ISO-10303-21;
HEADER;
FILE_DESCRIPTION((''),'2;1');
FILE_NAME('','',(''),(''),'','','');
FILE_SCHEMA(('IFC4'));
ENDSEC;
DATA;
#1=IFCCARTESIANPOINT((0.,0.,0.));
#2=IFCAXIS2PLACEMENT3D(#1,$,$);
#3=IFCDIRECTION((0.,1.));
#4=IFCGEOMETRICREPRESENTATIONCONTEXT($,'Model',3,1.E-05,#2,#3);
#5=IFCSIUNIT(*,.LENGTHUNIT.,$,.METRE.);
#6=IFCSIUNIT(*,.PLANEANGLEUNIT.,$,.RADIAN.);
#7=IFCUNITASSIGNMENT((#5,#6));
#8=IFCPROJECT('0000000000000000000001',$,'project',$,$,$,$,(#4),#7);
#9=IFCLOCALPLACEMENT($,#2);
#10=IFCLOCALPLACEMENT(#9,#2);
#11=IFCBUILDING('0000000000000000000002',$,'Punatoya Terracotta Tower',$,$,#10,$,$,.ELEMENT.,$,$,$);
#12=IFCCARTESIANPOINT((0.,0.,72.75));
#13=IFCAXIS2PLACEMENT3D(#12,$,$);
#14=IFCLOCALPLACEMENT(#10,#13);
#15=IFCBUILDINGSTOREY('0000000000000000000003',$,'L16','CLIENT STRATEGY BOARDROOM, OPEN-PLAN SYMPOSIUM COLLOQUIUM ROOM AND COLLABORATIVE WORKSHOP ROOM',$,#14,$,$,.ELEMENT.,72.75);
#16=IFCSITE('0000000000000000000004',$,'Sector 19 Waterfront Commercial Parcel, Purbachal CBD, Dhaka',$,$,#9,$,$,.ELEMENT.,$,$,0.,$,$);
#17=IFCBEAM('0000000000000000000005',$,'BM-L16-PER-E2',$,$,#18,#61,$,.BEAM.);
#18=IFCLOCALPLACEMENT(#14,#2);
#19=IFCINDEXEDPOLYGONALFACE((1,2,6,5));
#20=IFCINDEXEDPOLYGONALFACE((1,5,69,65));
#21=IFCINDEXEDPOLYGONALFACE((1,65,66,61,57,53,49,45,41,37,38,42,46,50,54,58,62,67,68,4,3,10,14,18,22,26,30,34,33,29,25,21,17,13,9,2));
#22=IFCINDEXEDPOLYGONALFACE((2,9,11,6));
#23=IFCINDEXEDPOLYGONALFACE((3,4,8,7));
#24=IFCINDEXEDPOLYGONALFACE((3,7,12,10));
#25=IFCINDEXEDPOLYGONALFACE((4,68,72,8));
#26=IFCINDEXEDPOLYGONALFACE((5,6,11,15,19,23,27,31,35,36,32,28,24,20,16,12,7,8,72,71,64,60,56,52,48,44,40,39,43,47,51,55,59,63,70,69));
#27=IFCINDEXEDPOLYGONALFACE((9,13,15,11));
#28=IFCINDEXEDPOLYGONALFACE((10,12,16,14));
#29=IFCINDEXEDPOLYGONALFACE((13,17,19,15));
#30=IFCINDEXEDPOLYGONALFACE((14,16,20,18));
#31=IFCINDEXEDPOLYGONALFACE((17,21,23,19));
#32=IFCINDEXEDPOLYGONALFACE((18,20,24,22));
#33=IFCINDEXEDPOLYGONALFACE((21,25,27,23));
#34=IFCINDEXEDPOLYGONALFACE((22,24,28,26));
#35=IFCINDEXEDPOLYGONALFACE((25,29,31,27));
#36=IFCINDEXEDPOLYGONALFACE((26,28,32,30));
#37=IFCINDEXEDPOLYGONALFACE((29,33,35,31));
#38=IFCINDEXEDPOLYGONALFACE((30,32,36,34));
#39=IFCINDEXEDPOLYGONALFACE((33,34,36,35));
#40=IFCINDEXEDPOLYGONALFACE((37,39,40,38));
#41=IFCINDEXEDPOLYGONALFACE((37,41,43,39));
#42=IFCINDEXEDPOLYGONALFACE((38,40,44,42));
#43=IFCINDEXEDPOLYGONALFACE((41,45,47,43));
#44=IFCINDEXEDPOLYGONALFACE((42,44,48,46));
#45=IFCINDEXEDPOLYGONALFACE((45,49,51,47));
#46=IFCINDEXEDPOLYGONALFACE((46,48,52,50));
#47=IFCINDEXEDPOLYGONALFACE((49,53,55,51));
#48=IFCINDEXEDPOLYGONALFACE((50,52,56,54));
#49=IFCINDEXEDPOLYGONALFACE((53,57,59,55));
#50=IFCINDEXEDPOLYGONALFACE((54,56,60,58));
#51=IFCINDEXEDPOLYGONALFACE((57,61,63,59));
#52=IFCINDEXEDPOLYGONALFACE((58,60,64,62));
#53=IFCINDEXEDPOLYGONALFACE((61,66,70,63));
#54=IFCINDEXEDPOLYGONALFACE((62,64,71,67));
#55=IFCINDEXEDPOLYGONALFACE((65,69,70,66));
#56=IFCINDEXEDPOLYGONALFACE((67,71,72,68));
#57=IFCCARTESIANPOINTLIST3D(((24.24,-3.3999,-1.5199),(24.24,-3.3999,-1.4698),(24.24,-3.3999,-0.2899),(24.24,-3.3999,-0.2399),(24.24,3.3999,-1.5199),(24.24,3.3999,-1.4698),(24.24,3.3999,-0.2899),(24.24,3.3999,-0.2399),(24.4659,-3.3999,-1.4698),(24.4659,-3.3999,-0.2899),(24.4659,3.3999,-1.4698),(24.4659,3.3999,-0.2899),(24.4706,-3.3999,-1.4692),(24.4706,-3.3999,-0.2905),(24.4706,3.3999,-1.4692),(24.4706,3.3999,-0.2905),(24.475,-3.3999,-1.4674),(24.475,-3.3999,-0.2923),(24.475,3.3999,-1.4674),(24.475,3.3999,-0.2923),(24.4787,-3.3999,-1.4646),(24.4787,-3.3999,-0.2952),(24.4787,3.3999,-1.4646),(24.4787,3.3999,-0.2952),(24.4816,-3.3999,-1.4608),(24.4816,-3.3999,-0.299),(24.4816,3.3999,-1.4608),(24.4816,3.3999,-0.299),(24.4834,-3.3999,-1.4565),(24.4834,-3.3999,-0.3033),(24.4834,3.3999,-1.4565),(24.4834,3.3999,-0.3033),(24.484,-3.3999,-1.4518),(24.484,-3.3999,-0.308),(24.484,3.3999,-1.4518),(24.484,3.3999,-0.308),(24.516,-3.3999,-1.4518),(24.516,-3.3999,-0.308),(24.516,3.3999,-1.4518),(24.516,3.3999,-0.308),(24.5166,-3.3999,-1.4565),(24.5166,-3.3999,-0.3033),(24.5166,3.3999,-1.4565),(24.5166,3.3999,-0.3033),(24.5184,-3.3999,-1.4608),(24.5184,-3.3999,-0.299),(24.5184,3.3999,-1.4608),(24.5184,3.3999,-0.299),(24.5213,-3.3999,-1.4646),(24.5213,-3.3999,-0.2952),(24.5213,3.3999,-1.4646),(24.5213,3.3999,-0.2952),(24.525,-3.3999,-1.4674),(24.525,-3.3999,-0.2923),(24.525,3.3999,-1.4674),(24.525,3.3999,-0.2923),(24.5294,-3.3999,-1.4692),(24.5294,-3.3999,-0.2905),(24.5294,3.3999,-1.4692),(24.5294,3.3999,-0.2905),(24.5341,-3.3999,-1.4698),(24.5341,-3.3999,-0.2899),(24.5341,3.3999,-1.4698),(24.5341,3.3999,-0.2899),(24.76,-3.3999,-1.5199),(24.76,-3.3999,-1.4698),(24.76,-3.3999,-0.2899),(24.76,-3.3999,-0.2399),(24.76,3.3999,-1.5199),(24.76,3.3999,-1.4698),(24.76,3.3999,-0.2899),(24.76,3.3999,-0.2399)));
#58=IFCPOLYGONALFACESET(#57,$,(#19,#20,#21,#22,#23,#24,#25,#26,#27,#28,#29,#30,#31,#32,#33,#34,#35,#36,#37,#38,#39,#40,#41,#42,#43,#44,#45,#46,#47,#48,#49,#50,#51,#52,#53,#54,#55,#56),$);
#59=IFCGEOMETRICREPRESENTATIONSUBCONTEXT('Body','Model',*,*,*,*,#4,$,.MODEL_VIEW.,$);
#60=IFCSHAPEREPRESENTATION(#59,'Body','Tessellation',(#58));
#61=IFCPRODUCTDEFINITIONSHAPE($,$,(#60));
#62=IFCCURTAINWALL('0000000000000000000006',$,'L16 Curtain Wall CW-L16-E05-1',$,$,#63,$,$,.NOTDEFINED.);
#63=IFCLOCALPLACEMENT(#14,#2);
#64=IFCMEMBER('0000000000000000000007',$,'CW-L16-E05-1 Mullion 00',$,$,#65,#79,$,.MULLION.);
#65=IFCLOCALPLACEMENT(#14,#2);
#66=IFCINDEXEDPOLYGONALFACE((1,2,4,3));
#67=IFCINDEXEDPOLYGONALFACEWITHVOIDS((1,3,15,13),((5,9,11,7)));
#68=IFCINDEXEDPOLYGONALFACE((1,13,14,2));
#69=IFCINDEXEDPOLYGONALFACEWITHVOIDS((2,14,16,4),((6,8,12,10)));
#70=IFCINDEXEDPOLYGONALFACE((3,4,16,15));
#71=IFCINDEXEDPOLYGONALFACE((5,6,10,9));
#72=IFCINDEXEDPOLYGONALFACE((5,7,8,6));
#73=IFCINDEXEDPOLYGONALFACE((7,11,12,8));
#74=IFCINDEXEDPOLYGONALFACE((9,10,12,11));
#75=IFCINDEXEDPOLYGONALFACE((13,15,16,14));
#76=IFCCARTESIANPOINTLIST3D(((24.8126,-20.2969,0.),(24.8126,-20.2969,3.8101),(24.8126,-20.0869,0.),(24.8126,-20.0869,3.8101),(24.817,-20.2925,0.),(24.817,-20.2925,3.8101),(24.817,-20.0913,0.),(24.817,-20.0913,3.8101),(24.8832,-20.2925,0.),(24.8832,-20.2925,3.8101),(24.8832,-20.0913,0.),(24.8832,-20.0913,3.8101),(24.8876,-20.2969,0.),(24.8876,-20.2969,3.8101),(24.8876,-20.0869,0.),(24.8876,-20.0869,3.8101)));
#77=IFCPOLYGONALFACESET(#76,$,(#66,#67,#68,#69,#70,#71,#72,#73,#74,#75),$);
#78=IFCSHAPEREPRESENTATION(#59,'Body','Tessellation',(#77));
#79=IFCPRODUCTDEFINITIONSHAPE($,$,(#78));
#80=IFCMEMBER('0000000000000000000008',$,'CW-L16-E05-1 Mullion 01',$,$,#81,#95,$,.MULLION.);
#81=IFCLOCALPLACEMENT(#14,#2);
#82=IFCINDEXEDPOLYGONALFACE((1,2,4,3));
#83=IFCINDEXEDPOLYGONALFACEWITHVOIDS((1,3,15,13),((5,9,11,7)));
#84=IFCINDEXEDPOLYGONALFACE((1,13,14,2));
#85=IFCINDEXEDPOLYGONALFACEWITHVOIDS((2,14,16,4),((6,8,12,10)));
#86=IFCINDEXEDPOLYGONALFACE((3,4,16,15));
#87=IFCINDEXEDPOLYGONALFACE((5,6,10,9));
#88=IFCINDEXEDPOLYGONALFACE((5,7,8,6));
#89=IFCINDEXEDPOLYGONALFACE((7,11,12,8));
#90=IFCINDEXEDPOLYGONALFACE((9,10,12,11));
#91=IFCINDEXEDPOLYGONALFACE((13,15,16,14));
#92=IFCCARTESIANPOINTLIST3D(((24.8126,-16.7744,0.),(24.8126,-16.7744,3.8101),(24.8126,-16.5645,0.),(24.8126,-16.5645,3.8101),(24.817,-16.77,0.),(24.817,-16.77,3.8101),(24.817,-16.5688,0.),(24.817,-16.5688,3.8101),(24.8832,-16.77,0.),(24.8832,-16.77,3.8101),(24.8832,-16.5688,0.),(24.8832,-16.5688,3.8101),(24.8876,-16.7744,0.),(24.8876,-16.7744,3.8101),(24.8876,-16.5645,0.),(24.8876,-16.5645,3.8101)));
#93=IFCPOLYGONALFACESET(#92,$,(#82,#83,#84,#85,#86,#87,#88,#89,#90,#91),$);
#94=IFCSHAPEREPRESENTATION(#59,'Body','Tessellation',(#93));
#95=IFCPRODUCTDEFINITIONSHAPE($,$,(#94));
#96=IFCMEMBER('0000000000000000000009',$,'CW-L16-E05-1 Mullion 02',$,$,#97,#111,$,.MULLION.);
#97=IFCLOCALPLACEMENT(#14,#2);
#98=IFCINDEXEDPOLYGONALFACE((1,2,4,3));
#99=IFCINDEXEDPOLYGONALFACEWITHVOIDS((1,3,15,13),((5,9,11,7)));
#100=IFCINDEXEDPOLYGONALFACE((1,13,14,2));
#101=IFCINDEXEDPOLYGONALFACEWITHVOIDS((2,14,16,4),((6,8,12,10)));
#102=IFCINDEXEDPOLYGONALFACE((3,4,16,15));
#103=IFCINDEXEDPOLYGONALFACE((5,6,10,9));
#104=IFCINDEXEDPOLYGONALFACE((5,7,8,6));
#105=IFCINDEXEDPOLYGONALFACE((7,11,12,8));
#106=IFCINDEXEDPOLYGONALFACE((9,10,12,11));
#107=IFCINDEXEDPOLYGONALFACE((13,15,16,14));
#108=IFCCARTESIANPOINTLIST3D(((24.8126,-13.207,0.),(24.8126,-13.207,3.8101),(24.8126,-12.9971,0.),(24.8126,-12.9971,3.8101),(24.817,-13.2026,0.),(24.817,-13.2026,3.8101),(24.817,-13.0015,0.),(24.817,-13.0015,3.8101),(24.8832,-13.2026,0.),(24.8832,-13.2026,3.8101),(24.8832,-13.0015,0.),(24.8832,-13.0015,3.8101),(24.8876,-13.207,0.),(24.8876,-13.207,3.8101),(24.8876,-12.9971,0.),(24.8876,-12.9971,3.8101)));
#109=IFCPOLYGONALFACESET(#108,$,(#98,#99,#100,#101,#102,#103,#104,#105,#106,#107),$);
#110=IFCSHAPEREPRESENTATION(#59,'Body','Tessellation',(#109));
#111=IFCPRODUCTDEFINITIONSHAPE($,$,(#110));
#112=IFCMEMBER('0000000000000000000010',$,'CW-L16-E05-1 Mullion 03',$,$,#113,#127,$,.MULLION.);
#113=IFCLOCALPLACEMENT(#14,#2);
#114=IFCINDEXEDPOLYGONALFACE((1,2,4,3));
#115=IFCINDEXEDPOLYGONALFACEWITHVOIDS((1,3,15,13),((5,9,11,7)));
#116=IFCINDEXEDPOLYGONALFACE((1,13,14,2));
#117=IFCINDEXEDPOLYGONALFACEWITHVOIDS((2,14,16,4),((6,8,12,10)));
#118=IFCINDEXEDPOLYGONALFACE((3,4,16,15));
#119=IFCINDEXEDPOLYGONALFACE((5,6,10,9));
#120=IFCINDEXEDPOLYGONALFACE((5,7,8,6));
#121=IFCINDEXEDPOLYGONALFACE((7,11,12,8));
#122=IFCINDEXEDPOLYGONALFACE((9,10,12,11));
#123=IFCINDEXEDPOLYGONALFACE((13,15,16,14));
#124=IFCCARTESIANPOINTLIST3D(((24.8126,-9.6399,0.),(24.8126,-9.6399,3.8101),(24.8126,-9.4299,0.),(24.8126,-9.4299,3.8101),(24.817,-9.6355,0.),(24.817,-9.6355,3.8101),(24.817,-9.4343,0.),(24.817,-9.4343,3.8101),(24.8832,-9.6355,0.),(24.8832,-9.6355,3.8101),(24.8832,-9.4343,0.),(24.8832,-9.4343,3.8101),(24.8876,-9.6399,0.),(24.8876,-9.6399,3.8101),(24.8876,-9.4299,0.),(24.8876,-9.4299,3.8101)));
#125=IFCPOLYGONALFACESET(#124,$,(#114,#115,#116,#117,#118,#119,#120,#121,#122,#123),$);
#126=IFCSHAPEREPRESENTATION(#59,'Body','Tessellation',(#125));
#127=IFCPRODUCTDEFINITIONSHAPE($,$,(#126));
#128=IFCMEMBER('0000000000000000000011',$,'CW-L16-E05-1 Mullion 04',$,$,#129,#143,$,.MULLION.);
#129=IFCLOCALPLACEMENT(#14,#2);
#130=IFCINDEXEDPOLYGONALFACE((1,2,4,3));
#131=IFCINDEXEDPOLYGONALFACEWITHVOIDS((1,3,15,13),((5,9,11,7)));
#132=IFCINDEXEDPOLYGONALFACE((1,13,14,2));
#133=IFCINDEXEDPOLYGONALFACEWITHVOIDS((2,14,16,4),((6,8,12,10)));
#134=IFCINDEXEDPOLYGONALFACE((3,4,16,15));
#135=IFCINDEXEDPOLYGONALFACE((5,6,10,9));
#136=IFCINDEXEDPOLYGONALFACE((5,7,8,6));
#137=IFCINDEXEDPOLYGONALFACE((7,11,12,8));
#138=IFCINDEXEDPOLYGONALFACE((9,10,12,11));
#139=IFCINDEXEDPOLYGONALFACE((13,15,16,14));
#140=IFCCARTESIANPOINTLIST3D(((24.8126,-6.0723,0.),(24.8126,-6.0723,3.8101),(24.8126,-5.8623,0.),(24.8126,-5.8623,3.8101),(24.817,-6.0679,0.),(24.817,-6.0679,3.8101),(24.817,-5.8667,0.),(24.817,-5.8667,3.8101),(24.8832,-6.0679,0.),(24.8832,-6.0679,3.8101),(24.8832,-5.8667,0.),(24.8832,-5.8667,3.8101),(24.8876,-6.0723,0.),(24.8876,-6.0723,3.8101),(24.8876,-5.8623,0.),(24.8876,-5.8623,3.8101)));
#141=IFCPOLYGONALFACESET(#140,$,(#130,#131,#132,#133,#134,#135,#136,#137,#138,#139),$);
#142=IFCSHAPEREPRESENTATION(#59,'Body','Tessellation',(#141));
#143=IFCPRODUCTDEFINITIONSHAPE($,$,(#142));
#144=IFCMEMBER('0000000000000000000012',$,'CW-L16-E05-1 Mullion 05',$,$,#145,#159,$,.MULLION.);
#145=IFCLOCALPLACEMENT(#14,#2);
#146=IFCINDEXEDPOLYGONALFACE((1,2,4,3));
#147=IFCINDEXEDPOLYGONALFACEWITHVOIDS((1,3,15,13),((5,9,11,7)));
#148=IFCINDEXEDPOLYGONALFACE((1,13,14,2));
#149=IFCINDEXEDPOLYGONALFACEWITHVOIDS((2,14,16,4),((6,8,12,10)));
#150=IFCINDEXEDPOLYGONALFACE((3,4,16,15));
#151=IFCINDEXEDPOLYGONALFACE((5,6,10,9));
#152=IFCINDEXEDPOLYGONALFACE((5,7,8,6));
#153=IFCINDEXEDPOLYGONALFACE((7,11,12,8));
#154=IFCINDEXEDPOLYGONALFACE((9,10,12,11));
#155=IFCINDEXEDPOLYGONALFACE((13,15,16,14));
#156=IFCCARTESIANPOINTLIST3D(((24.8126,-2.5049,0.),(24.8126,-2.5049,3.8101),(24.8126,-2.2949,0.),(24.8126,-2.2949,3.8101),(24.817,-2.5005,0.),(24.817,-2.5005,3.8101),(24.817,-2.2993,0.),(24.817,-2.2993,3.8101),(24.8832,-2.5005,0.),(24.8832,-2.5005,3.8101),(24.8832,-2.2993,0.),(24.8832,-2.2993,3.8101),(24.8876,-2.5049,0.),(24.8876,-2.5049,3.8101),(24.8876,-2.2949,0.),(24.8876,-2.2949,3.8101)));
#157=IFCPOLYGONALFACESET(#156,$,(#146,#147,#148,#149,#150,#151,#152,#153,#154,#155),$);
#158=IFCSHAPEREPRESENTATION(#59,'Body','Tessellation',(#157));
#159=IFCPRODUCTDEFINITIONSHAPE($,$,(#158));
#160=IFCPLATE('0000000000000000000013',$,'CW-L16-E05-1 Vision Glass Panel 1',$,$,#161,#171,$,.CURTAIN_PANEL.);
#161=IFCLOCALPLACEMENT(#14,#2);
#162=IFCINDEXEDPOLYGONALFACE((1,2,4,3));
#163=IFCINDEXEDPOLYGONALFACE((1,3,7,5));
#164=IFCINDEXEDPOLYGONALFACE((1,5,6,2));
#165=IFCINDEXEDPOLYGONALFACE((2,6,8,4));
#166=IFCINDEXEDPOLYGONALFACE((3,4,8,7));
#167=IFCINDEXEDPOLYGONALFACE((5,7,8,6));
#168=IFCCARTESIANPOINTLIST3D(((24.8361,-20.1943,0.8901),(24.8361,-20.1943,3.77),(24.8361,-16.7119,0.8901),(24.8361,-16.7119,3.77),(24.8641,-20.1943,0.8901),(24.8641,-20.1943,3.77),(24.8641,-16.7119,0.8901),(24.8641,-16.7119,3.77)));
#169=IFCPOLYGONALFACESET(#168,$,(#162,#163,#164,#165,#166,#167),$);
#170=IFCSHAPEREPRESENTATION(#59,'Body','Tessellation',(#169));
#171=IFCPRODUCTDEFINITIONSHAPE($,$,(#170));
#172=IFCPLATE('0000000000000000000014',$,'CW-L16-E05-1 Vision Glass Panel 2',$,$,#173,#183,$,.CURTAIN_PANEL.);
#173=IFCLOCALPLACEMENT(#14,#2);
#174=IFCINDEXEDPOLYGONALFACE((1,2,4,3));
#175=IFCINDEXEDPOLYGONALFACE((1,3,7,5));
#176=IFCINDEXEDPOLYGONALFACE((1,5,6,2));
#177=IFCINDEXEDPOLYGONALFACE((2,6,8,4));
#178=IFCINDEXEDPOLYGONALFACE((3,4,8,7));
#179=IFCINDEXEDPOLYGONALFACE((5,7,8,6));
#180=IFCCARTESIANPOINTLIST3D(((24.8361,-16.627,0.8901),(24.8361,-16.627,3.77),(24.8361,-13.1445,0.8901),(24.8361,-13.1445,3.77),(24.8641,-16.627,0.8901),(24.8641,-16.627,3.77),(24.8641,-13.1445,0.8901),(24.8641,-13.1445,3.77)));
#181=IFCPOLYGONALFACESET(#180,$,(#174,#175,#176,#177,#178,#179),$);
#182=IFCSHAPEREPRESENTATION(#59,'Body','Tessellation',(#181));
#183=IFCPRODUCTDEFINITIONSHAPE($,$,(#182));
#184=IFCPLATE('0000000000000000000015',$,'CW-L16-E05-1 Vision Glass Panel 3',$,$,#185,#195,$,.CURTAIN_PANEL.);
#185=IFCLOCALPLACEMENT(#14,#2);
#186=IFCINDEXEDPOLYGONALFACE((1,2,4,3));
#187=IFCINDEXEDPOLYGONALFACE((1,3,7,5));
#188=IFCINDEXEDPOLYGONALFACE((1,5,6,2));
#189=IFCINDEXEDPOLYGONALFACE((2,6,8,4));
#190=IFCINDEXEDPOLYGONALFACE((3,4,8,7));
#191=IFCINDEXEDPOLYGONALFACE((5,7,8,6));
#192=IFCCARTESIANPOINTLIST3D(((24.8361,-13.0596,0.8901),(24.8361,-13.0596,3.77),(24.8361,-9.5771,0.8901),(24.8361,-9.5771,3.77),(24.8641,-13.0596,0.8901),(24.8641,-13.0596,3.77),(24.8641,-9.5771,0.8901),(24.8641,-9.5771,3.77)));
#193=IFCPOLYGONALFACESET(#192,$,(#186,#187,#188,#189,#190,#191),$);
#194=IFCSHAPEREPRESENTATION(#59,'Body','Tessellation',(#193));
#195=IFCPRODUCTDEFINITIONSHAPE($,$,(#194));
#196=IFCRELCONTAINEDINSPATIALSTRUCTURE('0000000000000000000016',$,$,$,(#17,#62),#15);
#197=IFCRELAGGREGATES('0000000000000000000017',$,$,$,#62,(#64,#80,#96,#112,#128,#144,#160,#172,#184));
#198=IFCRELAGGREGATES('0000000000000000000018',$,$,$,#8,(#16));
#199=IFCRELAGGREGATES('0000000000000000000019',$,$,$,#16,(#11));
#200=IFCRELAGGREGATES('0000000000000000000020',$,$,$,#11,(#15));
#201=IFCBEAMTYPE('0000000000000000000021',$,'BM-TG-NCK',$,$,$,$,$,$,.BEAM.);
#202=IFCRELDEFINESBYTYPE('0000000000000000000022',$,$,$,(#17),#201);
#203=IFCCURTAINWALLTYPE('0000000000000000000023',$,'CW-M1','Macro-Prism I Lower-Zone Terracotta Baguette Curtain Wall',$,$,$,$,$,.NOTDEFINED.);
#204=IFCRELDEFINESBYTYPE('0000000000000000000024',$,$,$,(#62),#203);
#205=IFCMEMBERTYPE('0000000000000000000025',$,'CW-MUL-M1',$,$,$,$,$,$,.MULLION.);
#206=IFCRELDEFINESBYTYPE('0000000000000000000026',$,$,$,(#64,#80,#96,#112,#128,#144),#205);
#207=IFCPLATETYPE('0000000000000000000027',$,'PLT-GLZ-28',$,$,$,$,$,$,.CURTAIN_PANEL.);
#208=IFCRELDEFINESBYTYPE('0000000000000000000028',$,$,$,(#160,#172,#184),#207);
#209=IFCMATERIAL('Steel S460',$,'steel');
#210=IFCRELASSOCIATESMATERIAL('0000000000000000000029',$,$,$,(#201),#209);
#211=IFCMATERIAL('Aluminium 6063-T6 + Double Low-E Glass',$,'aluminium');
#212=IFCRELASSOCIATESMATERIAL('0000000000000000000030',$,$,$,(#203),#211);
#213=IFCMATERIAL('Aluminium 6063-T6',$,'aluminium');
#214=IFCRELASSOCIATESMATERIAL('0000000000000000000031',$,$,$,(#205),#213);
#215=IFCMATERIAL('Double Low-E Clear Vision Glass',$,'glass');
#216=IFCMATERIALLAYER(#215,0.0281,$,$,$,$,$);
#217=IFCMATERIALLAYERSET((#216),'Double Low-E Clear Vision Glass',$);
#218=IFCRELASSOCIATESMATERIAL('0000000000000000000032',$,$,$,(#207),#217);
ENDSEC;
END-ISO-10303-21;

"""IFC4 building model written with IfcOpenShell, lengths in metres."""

from ifc_helpers import new_model, si_unit, direction, frame, origin, origin_2d, place, context, subcontext, project, spatial, rectangle, hollow_rectangle, i_section, extrude, material, layer, layer_set, material_profile, profile_set, type_object, element, aggregate, save


model = new_model("IFC4")

# Units and contexts
model_context = context("Model", 3, precision=1e-05, world=origin(), true_north=direction((0.0, 1.0)))
body_context = subcontext(model_context, "Body", "Model", "MODEL_VIEW")
ifc_project = project(units=[si_unit("LENGTHUNIT", "METRE"), si_unit("PLANEANGLEUNIT", "RADIAN")], contexts=[model_context])

# Site, building, storey
site_placement = place(None, origin())
site = spatial("IfcSite", under=ifc_project, at=site_placement, Name="Sector 19 Waterfront Commercial Parcel, Purbachal CBD, Dhaka", CompositionType="ELEMENT", RefElevation=0.0)
building_placement = place(site_placement, origin())
building = spatial("IfcBuilding", under=site, at=building_placement, Name="Punatoya Terracotta Tower", CompositionType="ELEMENT")
storey_placement = place(building_placement, frame((0.0, 0.0, 72.75)))
storey = spatial("IfcBuildingStorey", under=building, at=storey_placement, Name="L16", Description="CLIENT STRATEGY BOARDROOM, OPEN-PLAN SYMPOSIUM COLLOQUIUM ROOM AND COLLABORATIVE WORKSHOP ROOM", CompositionType="ELEMENT", Elevation=72.75)

# Shared definitions
ifc_material_1 = material(Name="Steel S460", Category="steel")

# Beam
ifc_material_profile_1 = material_profile(ifc_material_1, i_section(OverallWidth=0.52, OverallDepth=1.28, WebThickness=0.032, FlangeThickness=0.05, FilletRadius=0.0181, at=origin_2d()))
ifc_profile_set_1 = profile_set([ifc_material_profile_1], Name="Steel S460")
beam_type_1 = type_object("IfcBeamType", Name="BM-TG-NCK", PredefinedType="BEAM", material=ifc_profile_set_1)
beam_1_placement = place(storey_placement, frame((24.5, -3.3999, -0.8799), z_axis=(0.0, 1.0, 0.0), x_axis=(-1.0, 0.0, 0.0)))
element("IfcBeam", 1, at=beam_1_placement, inside=storey, type_object=beam_type_1, Name="BM-L16-PER-E2", PredefinedType="BEAM", context=body_context, shape_type="SweptSolid", body=[
    extrude(i_section(OverallWidth=0.52, OverallDepth=1.28, WebThickness=0.032, FlangeThickness=0.05, FilletRadius=0.0181, at=origin_2d()), origin(), (0.0, 0.0, 1.0), 6.7998),
])

# Curtain wall, members, plates
ifc_material_2 = material(Name="Aluminium 6063-T6 + Double Low-E Glass", Category="aluminium")
curtain_wall_type = type_object("IfcCurtainWallType", Name="CW-M1", Description="Macro-Prism I Lower-Zone Terracotta Baguette Curtain Wall", PredefinedType="NOTDEFINED", material=ifc_material_2)
curtain_wall_placement = place(storey_placement, origin())
curtain_wall = element("IfcCurtainWall", 2, at=curtain_wall_placement, inside=storey, type_object=curtain_wall_type, Name="L16 Curtain Wall CW-L16-E05-1", PredefinedType="NOTDEFINED")
ifc_material_3 = material(Name="Aluminium 6063-T6", Category="aluminium")
ifc_material_profile_2 = material_profile(ifc_material_3, hollow_rectangle(XDim=0.075, YDim=0.21, WallThickness=0.0044, at=origin_2d()))
ifc_profile_set_2 = profile_set([ifc_material_profile_2], Name="Aluminium 6063-T6")
member_type = type_object("IfcMemberType", Name="CW-MUL-M1", PredefinedType="MULLION", material=ifc_profile_set_2)
member_1_placement = place(storey_placement, frame((24.8501, -20.1919, 0.0), z_axis=(0.0, 0.0, 1.0), x_axis=(1.0, 0.0, 0.0)))
member_1 = element("IfcMember", 3, at=member_1_placement, type_object=member_type, Name="CW-L16-E05-1 Mullion 00", PredefinedType="MULLION", context=body_context, shape_type="SweptSolid", body=[
    extrude(hollow_rectangle(XDim=0.075, YDim=0.21, WallThickness=0.0044, at=origin_2d()), origin(), (0.0, 0.0, 1.0), 3.8101),
])
member_2_placement = place(storey_placement, frame((24.8501, -16.6694, 0.0), z_axis=(0.0, 0.0, 1.0), x_axis=(1.0, 0.0, 0.0)))
member_2 = element("IfcMember", 4, at=member_2_placement, type_object=member_type, Name="CW-L16-E05-1 Mullion 01", PredefinedType="MULLION", context=body_context, shape_type="SweptSolid", body=[
    extrude(hollow_rectangle(XDim=0.075, YDim=0.21, WallThickness=0.0044, at=origin_2d()), origin(), (0.0, 0.0, 1.0), 3.8101),
])
member_3_placement = place(storey_placement, frame((24.8501, -13.1021, 0.0), z_axis=(0.0, 0.0, 1.0), x_axis=(1.0, 0.0, 0.0)))
member_3 = element("IfcMember", 5, at=member_3_placement, type_object=member_type, Name="CW-L16-E05-1 Mullion 02", PredefinedType="MULLION", context=body_context, shape_type="SweptSolid", body=[
    extrude(hollow_rectangle(XDim=0.075, YDim=0.21, WallThickness=0.0044, at=origin_2d()), origin(), (0.0, 0.0, 1.0), 3.8101),
])
member_4_placement = place(storey_placement, frame((24.8501, -9.5349, 0.0), z_axis=(0.0, 0.0, 1.0), x_axis=(1.0, 0.0, 0.0)))
member_4 = element("IfcMember", 6, at=member_4_placement, type_object=member_type, Name="CW-L16-E05-1 Mullion 03", PredefinedType="MULLION", context=body_context, shape_type="SweptSolid", body=[
    extrude(hollow_rectangle(XDim=0.075, YDim=0.21, WallThickness=0.0044, at=origin_2d()), origin(), (0.0, 0.0, 1.0), 3.8101),
])
member_5_placement = place(storey_placement, frame((24.8501, -5.9673, 0.0), z_axis=(0.0, 0.0, 1.0), x_axis=(1.0, 0.0, 0.0)))
member_5 = element("IfcMember", 7, at=member_5_placement, type_object=member_type, Name="CW-L16-E05-1 Mullion 04", PredefinedType="MULLION", context=body_context, shape_type="SweptSolid", body=[
    extrude(hollow_rectangle(XDim=0.075, YDim=0.21, WallThickness=0.0044, at=origin_2d()), origin(), (0.0, 0.0, 1.0), 3.8101),
])
member_6_placement = place(storey_placement, frame((24.8501, -2.3999, 0.0), z_axis=(0.0, 0.0, 1.0), x_axis=(1.0, 0.0, 0.0)))
member_6 = element("IfcMember", 8, at=member_6_placement, type_object=member_type, Name="CW-L16-E05-1 Mullion 05", PredefinedType="MULLION", context=body_context, shape_type="SweptSolid", body=[
    extrude(hollow_rectangle(XDim=0.075, YDim=0.21, WallThickness=0.0044, at=origin_2d()), origin(), (0.0, 0.0, 1.0), 3.8101),
])
ifc_material_4 = material(Name="Double Low-E Clear Vision Glass", Category="glass")
ifc_layer_1 = layer(ifc_material_4, 0.0281)
ifc_layer_set_1 = layer_set([ifc_layer_1], Name="Double Low-E Clear Vision Glass")
plate_type_1 = type_object("IfcPlateType", Name="PLT-GLZ-28", PredefinedType="CURTAIN_PANEL", material=ifc_layer_set_1)
plate_1_placement = place(storey_placement, frame((24.8501, -18.4531, 0.8901), z_axis=(0.0, 0.0, 1.0), x_axis=(0.0, 1.0, 0.0)))
plate_1 = element("IfcPlate", 9, at=plate_1_placement, type_object=plate_type_1, Name="CW-L16-E05-1 Vision Glass Panel 1", PredefinedType="CURTAIN_PANEL", context=body_context, shape_type="SweptSolid", body=[
    extrude(rectangle(XDim=3.4824, YDim=0.0281, at=origin_2d()), origin(), (0.0, 0.0, 1.0), 2.8799),
])
plate_2_placement = place(storey_placement, frame((24.8501, -14.8857, 0.8901), z_axis=(0.0, 0.0, 1.0), x_axis=(0.0, 1.0, 0.0)))
plate_2 = element("IfcPlate", 10, at=plate_2_placement, type_object=plate_type_1, Name="CW-L16-E05-1 Vision Glass Panel 2", PredefinedType="CURTAIN_PANEL", context=body_context, shape_type="SweptSolid", body=[
    extrude(rectangle(XDim=3.4824, YDim=0.0281, at=origin_2d()), origin(), (0.0, 0.0, 1.0), 2.8799),
])
plate_3_placement = place(storey_placement, frame((24.8501, -11.3184, 0.8901), z_axis=(0.0, 0.0, 1.0), x_axis=(0.0, 1.0, 0.0)))
plate_3 = element("IfcPlate", 11, at=plate_3_placement, type_object=plate_type_1, Name="CW-L16-E05-1 Vision Glass Panel 3", PredefinedType="CURTAIN_PANEL", context=body_context, shape_type="SweptSolid", body=[
    extrude(rectangle(XDim=3.4824, YDim=0.0281, at=origin_2d()), origin(), (0.0, 0.0, 1.0), 2.8799),
])
aggregate(curtain_wall, [member_1, member_2, member_3, member_4, member_5, member_6, plate_1, plate_2, plate_3])

save(model, "model.ifc")
